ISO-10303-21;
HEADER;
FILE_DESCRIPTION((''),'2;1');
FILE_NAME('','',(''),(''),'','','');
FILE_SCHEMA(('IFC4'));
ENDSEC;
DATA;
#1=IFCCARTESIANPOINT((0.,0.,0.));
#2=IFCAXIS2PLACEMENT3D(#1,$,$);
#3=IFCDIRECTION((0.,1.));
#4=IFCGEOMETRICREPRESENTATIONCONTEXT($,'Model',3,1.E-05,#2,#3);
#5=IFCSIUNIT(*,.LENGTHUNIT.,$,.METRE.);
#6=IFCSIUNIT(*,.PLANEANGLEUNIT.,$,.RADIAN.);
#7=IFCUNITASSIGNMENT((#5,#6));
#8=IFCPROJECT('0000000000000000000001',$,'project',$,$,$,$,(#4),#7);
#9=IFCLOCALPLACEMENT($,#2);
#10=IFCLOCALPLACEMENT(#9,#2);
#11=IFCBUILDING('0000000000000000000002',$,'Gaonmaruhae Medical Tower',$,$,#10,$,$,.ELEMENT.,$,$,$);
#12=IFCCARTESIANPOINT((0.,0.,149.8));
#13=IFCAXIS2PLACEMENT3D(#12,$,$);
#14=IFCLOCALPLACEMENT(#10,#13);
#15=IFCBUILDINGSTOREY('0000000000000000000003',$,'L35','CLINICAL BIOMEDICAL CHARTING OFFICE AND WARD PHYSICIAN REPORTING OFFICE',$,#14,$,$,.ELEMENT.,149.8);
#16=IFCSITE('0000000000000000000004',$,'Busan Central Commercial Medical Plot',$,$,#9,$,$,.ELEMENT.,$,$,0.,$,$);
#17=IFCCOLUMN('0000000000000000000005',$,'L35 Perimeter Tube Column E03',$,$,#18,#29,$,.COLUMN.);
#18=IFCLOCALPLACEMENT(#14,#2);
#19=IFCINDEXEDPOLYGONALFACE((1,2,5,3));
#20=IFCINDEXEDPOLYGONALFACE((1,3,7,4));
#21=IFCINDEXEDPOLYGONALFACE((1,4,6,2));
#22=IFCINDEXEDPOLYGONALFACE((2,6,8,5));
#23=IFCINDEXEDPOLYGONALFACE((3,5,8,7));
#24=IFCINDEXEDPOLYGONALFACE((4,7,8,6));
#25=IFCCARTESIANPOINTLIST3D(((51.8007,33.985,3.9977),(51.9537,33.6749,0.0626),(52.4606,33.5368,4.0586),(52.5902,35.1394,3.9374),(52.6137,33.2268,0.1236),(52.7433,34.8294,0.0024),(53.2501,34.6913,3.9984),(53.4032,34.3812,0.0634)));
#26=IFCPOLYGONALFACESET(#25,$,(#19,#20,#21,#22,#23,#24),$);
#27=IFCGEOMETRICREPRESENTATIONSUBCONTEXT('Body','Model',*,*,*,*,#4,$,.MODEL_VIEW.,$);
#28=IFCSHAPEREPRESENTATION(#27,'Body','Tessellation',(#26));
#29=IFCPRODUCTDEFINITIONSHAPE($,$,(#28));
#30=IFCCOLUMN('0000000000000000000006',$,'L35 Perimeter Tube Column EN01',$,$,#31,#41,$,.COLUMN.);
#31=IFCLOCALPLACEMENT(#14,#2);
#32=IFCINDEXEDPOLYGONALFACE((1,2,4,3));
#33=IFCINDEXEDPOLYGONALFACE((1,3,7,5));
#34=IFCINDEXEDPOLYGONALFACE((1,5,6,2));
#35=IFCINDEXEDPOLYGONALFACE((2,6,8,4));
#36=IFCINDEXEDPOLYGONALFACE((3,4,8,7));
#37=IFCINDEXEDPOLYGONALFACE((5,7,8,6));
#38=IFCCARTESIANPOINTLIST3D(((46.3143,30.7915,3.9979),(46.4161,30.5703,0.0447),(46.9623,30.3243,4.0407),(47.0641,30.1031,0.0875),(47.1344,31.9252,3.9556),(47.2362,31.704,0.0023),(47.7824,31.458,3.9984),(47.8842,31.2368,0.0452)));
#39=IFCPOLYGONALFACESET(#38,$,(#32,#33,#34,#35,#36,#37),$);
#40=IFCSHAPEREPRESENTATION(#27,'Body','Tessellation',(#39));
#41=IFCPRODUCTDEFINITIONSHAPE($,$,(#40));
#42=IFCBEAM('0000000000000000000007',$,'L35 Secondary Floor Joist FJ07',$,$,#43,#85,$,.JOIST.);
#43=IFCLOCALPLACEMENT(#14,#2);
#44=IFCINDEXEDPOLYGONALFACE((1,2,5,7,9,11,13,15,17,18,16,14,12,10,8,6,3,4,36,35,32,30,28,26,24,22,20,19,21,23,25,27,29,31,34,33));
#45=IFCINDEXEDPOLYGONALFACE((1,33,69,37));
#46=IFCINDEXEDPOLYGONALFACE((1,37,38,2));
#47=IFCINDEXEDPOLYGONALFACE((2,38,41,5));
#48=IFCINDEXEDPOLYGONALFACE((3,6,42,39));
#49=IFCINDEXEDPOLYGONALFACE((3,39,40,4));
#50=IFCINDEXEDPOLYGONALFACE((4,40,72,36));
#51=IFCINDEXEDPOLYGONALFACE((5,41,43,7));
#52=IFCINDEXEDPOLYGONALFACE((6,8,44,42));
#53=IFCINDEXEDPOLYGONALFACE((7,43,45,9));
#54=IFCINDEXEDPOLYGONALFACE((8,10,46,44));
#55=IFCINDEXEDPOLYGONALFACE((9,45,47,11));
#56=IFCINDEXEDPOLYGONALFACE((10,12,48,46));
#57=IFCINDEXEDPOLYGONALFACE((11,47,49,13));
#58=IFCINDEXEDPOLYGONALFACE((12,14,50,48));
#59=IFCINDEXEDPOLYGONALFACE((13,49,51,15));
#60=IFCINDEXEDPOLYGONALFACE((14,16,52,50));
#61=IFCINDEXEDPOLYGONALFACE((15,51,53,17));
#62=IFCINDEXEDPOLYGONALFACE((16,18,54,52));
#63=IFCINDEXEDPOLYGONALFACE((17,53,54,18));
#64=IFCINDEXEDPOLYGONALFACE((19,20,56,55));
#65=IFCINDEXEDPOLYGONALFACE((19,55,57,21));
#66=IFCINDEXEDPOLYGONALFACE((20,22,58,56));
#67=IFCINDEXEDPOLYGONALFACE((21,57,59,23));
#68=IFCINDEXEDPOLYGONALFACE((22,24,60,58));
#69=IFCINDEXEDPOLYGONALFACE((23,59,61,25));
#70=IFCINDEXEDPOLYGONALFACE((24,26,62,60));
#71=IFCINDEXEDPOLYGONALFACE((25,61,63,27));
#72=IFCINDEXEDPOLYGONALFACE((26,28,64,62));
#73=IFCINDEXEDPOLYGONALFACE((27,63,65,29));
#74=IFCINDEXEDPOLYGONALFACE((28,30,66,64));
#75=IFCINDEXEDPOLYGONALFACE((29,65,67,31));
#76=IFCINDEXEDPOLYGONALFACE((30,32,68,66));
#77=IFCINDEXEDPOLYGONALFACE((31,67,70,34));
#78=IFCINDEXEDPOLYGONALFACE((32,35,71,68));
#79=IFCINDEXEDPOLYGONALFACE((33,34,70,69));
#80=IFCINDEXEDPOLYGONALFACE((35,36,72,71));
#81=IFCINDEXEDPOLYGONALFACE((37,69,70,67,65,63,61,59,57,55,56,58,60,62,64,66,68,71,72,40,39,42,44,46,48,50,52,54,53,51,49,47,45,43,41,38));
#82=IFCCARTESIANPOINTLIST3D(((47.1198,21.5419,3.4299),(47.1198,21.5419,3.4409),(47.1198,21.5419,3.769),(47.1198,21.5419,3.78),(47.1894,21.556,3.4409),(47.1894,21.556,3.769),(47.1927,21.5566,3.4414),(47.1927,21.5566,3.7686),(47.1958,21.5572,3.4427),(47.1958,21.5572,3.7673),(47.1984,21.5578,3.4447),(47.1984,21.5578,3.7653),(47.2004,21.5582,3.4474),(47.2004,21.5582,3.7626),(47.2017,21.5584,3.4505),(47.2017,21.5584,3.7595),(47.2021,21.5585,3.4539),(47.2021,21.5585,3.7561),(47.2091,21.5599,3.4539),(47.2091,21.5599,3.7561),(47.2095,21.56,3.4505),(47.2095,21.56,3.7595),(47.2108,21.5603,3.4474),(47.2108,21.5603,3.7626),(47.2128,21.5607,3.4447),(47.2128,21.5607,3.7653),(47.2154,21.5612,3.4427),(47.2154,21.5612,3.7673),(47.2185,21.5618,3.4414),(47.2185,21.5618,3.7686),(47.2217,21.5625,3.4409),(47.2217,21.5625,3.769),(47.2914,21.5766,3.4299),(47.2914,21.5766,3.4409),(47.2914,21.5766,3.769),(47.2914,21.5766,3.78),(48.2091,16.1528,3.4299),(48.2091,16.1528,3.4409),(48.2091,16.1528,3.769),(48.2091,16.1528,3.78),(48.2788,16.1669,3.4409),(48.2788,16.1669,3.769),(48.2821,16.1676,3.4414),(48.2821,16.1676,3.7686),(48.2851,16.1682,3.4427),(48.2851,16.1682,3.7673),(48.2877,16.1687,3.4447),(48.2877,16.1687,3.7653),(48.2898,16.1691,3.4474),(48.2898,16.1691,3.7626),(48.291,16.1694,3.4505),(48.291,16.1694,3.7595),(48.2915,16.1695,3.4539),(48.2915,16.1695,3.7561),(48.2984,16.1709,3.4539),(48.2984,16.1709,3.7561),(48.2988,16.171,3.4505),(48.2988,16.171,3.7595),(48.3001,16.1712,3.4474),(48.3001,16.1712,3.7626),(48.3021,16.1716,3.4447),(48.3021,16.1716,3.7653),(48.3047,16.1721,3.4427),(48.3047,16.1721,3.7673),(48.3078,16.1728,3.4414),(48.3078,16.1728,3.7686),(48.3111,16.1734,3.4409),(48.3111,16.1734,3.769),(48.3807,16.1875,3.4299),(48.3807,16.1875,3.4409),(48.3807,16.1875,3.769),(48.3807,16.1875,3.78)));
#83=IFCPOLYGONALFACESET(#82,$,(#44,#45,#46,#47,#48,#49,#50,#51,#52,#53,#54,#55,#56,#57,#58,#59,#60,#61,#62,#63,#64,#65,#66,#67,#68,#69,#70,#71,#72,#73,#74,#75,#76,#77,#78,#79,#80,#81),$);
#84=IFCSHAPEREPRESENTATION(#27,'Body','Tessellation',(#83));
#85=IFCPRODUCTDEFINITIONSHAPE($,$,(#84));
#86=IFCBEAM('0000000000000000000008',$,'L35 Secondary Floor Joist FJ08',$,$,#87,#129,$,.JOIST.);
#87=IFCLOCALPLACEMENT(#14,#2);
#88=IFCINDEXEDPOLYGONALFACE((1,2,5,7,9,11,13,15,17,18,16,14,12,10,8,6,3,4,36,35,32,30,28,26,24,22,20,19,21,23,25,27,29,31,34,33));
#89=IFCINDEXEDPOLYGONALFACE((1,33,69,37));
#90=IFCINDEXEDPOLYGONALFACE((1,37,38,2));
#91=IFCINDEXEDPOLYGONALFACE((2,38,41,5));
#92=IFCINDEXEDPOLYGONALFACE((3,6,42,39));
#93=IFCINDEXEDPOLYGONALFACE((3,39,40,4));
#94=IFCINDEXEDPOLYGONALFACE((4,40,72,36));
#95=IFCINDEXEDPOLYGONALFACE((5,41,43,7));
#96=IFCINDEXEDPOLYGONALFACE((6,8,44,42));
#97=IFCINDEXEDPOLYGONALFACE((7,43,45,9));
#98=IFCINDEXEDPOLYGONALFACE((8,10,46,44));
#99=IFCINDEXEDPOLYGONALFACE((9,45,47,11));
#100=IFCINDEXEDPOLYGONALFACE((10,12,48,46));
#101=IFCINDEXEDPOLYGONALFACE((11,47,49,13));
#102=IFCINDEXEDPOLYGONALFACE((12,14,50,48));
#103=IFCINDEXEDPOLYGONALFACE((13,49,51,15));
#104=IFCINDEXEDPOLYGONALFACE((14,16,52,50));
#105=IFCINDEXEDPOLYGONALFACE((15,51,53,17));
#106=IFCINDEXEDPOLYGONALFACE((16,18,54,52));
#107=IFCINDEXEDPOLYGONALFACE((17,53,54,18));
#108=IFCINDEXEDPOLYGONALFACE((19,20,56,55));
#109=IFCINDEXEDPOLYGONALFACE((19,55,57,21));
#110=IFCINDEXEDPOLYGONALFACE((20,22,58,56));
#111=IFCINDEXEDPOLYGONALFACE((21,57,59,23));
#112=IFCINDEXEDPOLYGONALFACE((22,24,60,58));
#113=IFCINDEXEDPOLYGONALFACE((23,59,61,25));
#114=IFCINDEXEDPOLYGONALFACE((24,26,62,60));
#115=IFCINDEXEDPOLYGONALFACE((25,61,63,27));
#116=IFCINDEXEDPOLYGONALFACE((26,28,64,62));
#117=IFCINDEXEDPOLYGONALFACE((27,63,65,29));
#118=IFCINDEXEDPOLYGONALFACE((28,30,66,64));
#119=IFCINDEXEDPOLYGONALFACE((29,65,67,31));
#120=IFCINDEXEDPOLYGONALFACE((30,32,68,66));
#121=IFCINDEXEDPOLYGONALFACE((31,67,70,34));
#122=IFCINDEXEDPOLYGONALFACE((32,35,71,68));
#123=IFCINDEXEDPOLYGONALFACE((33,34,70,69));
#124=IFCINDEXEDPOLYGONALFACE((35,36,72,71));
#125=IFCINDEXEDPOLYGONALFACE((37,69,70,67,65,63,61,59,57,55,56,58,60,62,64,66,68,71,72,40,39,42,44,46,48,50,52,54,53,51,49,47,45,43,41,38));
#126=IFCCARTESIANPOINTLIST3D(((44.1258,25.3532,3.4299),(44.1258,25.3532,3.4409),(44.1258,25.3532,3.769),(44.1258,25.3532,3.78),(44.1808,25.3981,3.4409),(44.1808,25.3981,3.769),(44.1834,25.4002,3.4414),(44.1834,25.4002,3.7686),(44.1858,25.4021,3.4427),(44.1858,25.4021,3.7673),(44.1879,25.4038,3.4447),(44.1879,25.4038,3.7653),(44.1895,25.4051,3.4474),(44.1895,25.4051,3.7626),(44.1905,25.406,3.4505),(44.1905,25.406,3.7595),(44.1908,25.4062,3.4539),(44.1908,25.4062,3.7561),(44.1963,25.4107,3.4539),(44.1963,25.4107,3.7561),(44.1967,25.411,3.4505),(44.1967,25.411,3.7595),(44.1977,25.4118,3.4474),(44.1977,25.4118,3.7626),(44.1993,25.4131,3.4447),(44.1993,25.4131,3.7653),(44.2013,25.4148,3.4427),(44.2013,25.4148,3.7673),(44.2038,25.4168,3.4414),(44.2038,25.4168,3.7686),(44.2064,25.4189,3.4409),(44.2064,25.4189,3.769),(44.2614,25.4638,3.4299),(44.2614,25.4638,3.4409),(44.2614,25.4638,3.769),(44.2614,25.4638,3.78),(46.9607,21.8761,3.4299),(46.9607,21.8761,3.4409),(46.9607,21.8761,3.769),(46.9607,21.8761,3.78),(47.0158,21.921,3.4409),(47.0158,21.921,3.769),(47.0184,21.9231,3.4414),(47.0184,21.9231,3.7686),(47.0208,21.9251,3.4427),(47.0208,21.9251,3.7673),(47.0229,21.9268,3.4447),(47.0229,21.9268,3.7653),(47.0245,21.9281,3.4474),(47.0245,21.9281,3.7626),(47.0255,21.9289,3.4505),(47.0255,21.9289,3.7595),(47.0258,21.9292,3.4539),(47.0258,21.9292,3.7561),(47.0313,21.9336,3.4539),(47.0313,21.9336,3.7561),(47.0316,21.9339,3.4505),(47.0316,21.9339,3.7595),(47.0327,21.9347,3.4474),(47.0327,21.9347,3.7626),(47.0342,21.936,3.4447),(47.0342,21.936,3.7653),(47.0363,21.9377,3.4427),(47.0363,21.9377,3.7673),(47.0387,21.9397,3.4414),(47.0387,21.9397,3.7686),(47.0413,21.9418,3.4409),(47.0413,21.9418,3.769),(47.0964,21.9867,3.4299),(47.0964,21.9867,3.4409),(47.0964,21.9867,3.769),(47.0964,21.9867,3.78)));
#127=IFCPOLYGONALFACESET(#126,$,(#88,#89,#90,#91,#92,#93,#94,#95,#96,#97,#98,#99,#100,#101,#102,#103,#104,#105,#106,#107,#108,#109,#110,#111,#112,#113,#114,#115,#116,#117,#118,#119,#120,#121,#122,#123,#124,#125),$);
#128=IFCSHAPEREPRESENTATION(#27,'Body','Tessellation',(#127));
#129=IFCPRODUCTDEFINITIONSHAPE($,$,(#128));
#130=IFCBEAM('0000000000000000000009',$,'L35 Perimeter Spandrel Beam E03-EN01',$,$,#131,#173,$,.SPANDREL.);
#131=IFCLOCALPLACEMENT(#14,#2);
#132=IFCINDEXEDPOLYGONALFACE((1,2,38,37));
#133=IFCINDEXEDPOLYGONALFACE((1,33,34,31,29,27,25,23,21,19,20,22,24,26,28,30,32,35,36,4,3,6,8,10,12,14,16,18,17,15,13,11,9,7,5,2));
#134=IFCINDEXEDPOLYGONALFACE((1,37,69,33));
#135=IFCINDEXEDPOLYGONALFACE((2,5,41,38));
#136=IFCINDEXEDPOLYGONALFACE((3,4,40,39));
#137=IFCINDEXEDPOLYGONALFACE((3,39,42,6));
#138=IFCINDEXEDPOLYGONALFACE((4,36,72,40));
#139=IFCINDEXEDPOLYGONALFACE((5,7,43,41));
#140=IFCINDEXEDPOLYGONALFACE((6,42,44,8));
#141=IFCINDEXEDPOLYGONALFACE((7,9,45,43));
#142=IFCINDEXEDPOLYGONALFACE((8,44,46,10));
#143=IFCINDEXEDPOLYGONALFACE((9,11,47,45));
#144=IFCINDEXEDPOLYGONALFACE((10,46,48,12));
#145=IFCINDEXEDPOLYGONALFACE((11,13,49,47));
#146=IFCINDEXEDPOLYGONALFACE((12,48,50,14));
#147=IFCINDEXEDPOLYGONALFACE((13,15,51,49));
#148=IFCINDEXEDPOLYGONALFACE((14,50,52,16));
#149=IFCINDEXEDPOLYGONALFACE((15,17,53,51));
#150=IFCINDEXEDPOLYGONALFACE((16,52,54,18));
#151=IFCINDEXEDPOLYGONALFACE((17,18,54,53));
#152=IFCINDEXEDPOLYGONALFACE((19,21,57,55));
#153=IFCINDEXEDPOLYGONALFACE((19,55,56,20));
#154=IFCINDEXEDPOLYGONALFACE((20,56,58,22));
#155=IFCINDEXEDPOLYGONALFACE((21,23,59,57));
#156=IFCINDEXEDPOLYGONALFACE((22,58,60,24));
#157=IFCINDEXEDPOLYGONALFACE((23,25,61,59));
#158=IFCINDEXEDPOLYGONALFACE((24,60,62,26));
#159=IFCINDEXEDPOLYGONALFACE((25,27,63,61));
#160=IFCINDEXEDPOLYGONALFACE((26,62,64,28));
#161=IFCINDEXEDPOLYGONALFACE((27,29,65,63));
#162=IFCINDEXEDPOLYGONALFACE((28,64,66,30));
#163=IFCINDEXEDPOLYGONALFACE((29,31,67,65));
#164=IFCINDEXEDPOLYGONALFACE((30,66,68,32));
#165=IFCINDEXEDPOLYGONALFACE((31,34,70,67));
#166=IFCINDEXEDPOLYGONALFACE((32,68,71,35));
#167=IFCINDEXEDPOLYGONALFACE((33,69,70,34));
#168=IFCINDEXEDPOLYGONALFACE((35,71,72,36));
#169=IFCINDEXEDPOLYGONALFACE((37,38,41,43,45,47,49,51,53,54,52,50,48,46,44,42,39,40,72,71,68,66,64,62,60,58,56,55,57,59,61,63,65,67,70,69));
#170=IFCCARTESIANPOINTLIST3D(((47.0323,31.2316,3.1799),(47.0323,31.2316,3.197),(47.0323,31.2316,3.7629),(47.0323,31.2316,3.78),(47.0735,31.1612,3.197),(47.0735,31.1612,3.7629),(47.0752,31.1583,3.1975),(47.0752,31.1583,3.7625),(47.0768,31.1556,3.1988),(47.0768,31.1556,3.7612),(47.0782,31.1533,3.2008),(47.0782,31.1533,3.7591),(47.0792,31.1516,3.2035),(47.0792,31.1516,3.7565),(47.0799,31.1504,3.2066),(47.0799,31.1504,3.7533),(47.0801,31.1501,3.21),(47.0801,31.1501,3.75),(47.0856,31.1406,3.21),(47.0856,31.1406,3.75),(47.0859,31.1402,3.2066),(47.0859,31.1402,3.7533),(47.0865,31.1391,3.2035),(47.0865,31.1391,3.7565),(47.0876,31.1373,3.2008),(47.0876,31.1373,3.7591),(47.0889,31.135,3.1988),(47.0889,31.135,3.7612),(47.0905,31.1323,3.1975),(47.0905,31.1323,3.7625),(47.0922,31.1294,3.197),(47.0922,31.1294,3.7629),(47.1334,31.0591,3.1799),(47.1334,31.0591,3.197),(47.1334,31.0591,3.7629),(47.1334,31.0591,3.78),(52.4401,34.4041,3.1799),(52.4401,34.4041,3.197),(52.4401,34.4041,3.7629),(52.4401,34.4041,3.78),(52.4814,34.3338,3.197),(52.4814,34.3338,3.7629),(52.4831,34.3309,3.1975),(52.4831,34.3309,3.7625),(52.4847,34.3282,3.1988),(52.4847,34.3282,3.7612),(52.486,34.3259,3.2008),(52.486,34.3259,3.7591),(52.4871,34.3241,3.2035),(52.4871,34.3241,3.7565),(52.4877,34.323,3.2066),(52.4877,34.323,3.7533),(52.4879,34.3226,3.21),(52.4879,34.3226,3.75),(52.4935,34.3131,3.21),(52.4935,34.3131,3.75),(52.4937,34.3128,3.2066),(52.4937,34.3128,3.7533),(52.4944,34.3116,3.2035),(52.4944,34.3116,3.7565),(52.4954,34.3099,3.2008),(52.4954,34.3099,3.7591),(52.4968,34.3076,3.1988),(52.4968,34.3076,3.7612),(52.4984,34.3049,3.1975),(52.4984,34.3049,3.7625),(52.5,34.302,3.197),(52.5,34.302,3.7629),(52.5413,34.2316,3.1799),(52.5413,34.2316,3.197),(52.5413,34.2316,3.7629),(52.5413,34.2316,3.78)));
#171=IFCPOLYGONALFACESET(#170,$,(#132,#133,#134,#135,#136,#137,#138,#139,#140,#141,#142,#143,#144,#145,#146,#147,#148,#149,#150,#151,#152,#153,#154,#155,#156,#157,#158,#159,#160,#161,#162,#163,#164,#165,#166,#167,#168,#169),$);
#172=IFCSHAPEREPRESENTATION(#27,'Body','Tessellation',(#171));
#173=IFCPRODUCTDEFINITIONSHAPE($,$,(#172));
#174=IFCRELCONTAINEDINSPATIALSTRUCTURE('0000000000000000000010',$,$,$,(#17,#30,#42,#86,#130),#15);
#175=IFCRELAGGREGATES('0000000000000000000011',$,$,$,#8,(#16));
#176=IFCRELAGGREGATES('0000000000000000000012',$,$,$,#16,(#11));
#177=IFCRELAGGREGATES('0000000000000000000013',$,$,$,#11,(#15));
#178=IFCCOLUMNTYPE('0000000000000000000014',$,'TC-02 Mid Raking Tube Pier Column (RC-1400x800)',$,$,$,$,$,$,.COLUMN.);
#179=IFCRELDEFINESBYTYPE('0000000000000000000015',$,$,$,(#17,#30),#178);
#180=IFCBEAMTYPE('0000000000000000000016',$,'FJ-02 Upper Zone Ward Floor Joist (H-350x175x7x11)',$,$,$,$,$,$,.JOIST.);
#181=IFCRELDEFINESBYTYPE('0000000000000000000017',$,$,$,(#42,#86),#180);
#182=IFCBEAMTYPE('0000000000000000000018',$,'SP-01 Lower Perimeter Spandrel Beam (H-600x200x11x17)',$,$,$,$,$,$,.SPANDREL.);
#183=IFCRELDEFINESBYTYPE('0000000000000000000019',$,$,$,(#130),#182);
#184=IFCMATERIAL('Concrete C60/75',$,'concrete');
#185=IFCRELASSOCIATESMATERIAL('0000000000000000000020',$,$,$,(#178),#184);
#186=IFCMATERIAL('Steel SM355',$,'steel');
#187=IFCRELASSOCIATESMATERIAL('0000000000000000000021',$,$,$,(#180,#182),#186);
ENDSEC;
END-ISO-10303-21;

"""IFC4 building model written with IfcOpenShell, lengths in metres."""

from ifc_helpers import new_model, si_unit, direction, frame, origin, origin_2d, place, context, subcontext, project, spatial, rectangle, i_section, extrude, material, material_profile, profile_set, type_object, element, save


model = new_model("IFC4")

# Units and contexts
model_context = context("Model", 3, precision=1e-05, world=origin(), true_north=direction((0.0, 1.0)))
body_context = subcontext(model_context, "Body", "Model", "MODEL_VIEW")
ifc_project = project(units=[si_unit("LENGTHUNIT", "METRE"), si_unit("PLANEANGLEUNIT", "RADIAN")], contexts=[model_context])

# Site, building, storey
site_placement = place(None, origin())
site = spatial("IfcSite", under=ifc_project, at=site_placement, Name="Busan Central Commercial Medical Plot", CompositionType="ELEMENT", RefElevation=0.0)
building_placement = place(site_placement, origin())
building = spatial("IfcBuilding", under=site, at=building_placement, Name="Gaonmaruhae Medical Tower", CompositionType="ELEMENT")
storey_placement = place(building_placement, frame((0.0, 0.0, 149.8)))
storey = spatial("IfcBuildingStorey", under=building, at=storey_placement, Name="L35", Description="CLINICAL BIOMEDICAL CHARTING OFFICE AND WARD PHYSICIAN REPORTING OFFICE", CompositionType="ELEMENT", Elevation=149.8)

# Columns
ifc_material_1 = material(Name="Concrete C60/75", Category="concrete")
ifc_material_profile_1 = material_profile(ifc_material_1, rectangle(XDim=1.3999, YDim=0.8, at=origin_2d()), Name="RC-1400x800")
ifc_profile_set_1 = profile_set([ifc_material_profile_1], Name="Concrete C60/75")
column_type = type_object("IfcColumnType", Name="TC-02 Mid Raking Tube Pier Column (RC-1400x800)", PredefinedType="COLUMN", material=ifc_profile_set_1)
column_1_placement = place(storey_placement, frame((52.6785, 34.0281, 0.063), z_axis=(-0.038751, 0.078491, 0.996161), x_axis=(-0.563993, -0.824658, 0.043038)))
element("IfcColumn", 1, at=column_1_placement, inside=storey, type_object=column_type, Name="L35 Perimeter Tube Column E03", PredefinedType="COLUMN", context=body_context, shape_type="SweptSolid", body=[
    extrude(rectangle(XDim=1.3999, YDim=0.8, at=origin_2d()), origin(), (0.0, 0.0, 1.0), 3.9502),
])
column_2_placement = place(storey_placement, frame((47.1501, 30.9036, 0.0449), z_axis=(-0.025705, 0.055848, 0.998108), x_axis=(-0.585842, -0.809861, 0.030227)))
element("IfcColumn", 2, at=column_2_placement, inside=storey, type_object=column_type, Name="L35 Perimeter Tube Column EN01", PredefinedType="COLUMN", context=body_context, shape_type="SweptSolid", body=[
    extrude(rectangle(XDim=1.3999, YDim=0.8, at=origin_2d()), origin(), (0.0, 0.0, 1.0), 3.9607),
])

# Beams
ifc_material_2 = material(Name="Steel SM355", Category="steel")
ifc_material_profile_2 = material_profile(ifc_material_2, i_section(OverallWidth=0.175, OverallDepth=0.3501, WebThickness=0.0071, FlangeThickness=0.011, FilletRadius=0.0129, at=origin_2d()), Name="H-350x175x7x11")
ifc_profile_set_2 = profile_set([ifc_material_profile_2], Name="Steel SM355")
beam_type_1 = type_object("IfcBeamType", Name="FJ-02 Upper Zone Ward Floor Joist (H-350x175x7x11)", PredefinedType="JOIST", material=ifc_profile_set_2)
beam_1_placement = place(storey_placement, frame((48.2949, 16.1702, 3.605), z_axis=(-0.198131, 0.980176, 0.0), x_axis=(-0.980176, -0.198131, 0.0)))
element("IfcBeam", 3, at=beam_1_placement, inside=storey, type_object=beam_type_1, Name="L35 Secondary Floor Joist FJ07", PredefinedType="JOIST", context=body_context, shape_type="SweptSolid", body=[
    extrude(i_section(OverallWidth=0.175, OverallDepth=0.3501, WebThickness=0.0071, FlangeThickness=0.011, FilletRadius=0.0129, at=origin_2d()), origin(), (0.0, 0.0, 1.0), 5.498),
])
beam_2_placement = place(storey_placement, frame((47.0286, 21.9314, 3.605), z_axis=(-0.631915, 0.775038, 0.0), x_axis=(-0.775038, -0.631915, 0.0)))
element("IfcBeam", 4, at=beam_2_placement, inside=storey, type_object=beam_type_1, Name="L35 Secondary Floor Joist FJ08", PredefinedType="JOIST", context=body_context, shape_type="SweptSolid", body=[
    extrude(i_section(OverallWidth=0.175, OverallDepth=0.3501, WebThickness=0.0071, FlangeThickness=0.011, FilletRadius=0.0129, at=origin_2d()), origin(), (0.0, 0.0, 1.0), 4.4863),
])
ifc_material_profile_3 = material_profile(ifc_material_2, i_section(OverallWidth=0.2, OverallDepth=0.6001, WebThickness=0.011, FlangeThickness=0.0171, FilletRadius=0.0129, at=origin_2d()), Name="H-600x200x11x17")
ifc_profile_set_3 = profile_set([ifc_material_profile_3], Name="Steel SM355")
beam_type_2 = type_object("IfcBeamType", Name="SP-01 Lower Perimeter Spandrel Beam (H-600x200x11x17)", PredefinedType="SPANDREL", material=ifc_profile_set_3)
beam_3_placement = place(storey_placement, frame((52.4907, 34.3179, 3.48), z_axis=(-0.862529, -0.506007, 0.0), x_axis=(0.506007, -0.862529, 0.0)))
element("IfcBeam", 5, at=beam_3_placement, inside=storey, type_object=beam_type_2, Name="L35 Perimeter Spandrel Beam E03-EN01", PredefinedType="SPANDREL", context=body_context, shape_type="SweptSolid", body=[
    extrude(i_section(OverallWidth=0.2, OverallDepth=0.6001, WebThickness=0.011, FlangeThickness=0.0171, FilletRadius=0.0129, at=origin_2d()), origin(), (0.0, 0.0, 1.0), 6.2698),
])

save(model, "model.ifc")
